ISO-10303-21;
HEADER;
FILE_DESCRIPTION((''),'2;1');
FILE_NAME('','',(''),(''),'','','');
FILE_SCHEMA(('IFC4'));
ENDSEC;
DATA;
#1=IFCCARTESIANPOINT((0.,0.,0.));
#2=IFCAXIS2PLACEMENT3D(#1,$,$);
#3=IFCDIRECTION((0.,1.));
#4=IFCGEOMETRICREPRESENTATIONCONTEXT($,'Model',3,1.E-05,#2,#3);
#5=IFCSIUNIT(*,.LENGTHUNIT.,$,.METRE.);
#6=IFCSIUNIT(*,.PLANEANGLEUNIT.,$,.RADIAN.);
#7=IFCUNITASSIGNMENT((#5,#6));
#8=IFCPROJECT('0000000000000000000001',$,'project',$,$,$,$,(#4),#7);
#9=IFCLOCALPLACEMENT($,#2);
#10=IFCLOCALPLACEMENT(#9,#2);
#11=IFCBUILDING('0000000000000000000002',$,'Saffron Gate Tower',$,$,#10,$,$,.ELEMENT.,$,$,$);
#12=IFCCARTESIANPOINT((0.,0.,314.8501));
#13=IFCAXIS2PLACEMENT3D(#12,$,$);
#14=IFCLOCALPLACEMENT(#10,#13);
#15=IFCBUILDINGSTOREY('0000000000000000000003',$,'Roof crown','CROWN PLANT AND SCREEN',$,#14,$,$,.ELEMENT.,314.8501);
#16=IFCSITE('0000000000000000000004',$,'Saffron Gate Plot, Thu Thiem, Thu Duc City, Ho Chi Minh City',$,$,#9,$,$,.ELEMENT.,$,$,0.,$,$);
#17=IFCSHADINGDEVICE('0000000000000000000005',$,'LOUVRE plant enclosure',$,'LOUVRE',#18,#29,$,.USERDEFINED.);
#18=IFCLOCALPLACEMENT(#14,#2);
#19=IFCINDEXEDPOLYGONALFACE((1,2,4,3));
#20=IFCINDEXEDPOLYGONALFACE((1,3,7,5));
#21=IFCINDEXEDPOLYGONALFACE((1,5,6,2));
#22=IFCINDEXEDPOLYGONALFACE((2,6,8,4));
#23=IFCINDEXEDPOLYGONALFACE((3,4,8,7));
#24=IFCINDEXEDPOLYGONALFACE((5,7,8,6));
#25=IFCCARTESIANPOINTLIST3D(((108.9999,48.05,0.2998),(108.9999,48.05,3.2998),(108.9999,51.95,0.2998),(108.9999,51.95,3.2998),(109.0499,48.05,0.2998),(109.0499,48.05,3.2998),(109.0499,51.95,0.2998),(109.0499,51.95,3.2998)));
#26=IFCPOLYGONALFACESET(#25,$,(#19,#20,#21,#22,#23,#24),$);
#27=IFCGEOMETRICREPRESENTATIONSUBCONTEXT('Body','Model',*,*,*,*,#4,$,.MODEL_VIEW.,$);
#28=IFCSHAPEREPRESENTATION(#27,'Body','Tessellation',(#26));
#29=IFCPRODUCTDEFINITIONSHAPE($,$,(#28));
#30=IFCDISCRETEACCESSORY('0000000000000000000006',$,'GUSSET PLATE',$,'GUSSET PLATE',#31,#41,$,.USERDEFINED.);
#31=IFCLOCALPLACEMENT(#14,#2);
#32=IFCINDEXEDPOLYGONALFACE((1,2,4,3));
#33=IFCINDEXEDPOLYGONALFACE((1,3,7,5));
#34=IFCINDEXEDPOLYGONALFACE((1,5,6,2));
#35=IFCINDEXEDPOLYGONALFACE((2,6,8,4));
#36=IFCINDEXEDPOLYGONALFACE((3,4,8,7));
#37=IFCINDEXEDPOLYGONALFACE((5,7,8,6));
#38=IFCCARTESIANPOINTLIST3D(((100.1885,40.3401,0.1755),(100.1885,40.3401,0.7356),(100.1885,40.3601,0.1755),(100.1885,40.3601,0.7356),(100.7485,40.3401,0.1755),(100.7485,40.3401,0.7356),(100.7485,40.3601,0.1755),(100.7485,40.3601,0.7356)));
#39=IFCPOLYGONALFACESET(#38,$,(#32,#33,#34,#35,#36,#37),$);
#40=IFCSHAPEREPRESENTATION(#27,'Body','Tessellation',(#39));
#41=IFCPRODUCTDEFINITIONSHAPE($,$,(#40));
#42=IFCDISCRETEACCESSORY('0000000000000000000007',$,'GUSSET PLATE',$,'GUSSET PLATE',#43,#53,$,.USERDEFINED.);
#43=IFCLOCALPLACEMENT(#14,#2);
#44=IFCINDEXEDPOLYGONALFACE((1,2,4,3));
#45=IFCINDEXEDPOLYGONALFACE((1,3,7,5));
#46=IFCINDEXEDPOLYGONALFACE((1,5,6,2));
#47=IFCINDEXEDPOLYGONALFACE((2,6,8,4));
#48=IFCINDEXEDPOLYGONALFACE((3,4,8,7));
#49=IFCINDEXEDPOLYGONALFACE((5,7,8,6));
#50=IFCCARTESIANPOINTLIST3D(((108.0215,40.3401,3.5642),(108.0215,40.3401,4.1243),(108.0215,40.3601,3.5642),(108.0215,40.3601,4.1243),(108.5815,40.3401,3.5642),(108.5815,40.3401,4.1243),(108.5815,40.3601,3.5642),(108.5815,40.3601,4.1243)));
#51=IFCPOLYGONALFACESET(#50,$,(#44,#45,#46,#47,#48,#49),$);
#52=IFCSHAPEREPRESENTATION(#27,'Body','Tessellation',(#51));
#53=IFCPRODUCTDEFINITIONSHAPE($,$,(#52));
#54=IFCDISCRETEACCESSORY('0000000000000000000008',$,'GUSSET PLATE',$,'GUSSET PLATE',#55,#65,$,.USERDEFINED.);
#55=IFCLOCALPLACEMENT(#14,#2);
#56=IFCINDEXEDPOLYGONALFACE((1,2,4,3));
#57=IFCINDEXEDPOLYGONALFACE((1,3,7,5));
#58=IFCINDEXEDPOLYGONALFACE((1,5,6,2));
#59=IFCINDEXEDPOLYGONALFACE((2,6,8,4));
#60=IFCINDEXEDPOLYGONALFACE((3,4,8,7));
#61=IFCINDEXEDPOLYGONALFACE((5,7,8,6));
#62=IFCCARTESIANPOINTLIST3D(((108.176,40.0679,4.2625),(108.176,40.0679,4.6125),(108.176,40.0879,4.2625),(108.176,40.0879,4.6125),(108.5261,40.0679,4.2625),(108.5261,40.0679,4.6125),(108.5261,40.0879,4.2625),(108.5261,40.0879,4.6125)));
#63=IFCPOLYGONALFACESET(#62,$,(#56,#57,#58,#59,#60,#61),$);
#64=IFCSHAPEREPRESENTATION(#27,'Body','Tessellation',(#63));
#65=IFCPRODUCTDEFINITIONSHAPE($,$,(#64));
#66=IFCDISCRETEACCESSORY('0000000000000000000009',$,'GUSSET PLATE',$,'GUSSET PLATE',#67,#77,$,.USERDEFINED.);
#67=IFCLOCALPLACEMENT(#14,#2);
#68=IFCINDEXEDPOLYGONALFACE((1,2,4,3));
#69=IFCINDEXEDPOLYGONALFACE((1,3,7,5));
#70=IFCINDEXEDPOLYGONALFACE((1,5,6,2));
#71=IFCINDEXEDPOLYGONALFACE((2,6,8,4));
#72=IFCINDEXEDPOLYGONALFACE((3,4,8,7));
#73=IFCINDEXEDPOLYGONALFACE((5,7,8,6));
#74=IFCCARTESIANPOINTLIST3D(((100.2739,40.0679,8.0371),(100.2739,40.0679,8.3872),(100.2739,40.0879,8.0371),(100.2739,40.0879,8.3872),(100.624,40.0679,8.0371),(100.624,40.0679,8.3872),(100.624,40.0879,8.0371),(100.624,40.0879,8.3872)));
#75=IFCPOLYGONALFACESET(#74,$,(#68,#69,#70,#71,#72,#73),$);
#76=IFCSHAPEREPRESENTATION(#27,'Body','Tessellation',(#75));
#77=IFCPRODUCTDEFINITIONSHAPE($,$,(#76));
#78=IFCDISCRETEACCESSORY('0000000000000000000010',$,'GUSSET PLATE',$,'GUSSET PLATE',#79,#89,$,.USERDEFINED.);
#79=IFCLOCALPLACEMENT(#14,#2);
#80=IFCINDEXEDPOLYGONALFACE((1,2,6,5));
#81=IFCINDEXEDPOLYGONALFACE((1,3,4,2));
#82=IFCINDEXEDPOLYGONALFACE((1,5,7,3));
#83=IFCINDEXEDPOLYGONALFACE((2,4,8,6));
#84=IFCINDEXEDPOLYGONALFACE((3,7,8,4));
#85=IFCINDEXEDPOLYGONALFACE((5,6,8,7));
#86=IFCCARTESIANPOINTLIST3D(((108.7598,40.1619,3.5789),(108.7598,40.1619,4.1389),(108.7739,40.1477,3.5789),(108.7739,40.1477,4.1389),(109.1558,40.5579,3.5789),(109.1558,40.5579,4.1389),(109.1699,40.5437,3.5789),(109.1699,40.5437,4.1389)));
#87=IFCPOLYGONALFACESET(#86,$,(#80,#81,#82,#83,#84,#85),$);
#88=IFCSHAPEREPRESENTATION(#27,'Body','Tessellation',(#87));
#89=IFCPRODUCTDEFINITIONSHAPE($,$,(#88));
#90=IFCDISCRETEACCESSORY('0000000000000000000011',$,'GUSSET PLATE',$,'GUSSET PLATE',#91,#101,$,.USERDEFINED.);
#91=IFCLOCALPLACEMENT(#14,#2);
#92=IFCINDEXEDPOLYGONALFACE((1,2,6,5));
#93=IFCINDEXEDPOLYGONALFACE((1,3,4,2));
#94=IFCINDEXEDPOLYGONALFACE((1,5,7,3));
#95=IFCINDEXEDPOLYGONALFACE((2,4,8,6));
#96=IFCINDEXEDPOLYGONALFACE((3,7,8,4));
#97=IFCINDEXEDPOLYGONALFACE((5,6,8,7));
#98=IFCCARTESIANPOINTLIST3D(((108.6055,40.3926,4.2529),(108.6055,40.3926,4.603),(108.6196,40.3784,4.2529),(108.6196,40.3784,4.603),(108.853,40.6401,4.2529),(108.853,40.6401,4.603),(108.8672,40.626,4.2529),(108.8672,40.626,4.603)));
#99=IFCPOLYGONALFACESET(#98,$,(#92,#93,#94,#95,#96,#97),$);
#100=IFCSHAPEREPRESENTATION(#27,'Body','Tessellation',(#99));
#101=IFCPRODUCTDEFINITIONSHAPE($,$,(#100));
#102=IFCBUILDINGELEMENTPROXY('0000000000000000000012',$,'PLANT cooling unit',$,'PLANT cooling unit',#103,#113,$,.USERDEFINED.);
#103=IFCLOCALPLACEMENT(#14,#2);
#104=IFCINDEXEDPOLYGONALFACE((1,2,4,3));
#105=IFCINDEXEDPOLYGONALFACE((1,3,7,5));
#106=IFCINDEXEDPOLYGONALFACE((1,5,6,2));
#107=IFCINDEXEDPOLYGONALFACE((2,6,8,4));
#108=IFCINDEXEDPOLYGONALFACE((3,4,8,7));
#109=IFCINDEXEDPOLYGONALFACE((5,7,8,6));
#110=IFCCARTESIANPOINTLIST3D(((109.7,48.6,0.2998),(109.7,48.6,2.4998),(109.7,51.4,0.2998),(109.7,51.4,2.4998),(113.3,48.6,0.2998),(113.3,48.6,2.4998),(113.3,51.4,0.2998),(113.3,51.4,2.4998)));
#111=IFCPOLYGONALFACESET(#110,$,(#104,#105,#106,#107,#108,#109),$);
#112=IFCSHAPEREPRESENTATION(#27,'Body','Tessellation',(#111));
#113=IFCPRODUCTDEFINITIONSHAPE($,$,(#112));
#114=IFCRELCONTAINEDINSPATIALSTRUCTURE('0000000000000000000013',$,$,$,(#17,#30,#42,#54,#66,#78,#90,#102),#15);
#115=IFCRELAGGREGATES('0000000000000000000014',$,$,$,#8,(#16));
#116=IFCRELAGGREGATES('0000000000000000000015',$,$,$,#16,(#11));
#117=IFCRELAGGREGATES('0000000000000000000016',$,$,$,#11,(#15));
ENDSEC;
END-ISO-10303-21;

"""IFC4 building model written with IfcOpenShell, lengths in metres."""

from ifc_helpers import new_model, si_unit, direction, frame, origin, origin_2d, place, context, subcontext, project, spatial, rectangle, extrude, element, save


model = new_model("IFC4")

# Units and contexts
model_context = context("Model", 3, precision=1e-05, world=origin(), true_north=direction((0.0, 1.0)))
body_context = subcontext(model_context, "Body", "Model", "MODEL_VIEW")
ifc_project = project(units=[si_unit("LENGTHUNIT", "METRE"), si_unit("PLANEANGLEUNIT", "RADIAN")], contexts=[model_context])

# Site, building, storey
site_placement = place(None, origin())
site = spatial("IfcSite", under=ifc_project, at=site_placement, Name="Saffron Gate Plot, Thu Thiem, Thu Duc City, Ho Chi Minh City", CompositionType="ELEMENT", RefElevation=0.0)
building_placement = place(site_placement, origin())
building = spatial("IfcBuilding", under=site, at=building_placement, Name="Saffron Gate Tower", CompositionType="ELEMENT")
storey_placement = place(building_placement, frame((0.0, 0.0, 314.8501)))
storey = spatial("IfcBuildingStorey", under=building, at=storey_placement, Name="Roof crown", Description="CROWN PLANT AND SCREEN", CompositionType="ELEMENT", Elevation=314.8501)

# Shading device
shading_device_placement = place(storey_placement, frame((109.0249, 50.0, 0.2998), z_axis=(0.0, 0.0, 1.0), x_axis=(1.0, 0.0, 0.0)))
element("IfcShadingDevice", 1, at=shading_device_placement, inside=storey, Name="LOUVRE plant enclosure", ObjectType="LOUVRE", PredefinedType="USERDEFINED", context=body_context, shape_type="SweptSolid", body=[
    extrude(rectangle(XDim=0.05, YDim=3.8999, at=origin_2d()), origin(), (0.0, 0.0, 1.0), 3.0),
])

# Discrete accessories
for number, where, z_axis, x_axis, name in (
    (2, (100.4685, 40.3501, 0.1755), (0.0, 0.0, 1.0), (1.0, 0.0, 0.0), "GUSSET PLATE"),
    (3, (108.3015, 40.3501, 3.5642), (0.0, 0.0, 1.0), (1.0, 0.0, 0.0), "GUSSET PLATE"),
):
    element("IfcDiscreteAccessory", number, at=place(storey_placement, frame(where, z_axis=z_axis, x_axis=x_axis)), inside=storey, Name=name, ObjectType="GUSSET PLATE", PredefinedType="USERDEFINED", context=body_context, shape_type="SweptSolid", body=[
        extrude(rectangle(XDim=0.5601, YDim=0.02, at=origin_2d()), origin(), (0.0, 0.0, 1.0), 0.5601),
    ])
for number, where, z_axis, x_axis, name in (
    (4, (108.3511, 40.0779, 4.2625), (0.0, 0.0, 1.0), (-1.0, 0.0, 0.0), "GUSSET PLATE"),
    (5, (100.449, 40.0779, 8.0371), (0.0, 0.0, 1.0), (-1.0, 0.0, 0.0), "GUSSET PLATE"),
):
    element("IfcDiscreteAccessory", number, at=place(storey_placement, frame(where, z_axis=z_axis, x_axis=x_axis)), inside=storey, Name=name, ObjectType="GUSSET PLATE", PredefinedType="USERDEFINED", context=body_context, shape_type="SweptSolid", body=[
        extrude(rectangle(XDim=0.3501, YDim=0.02, at=origin_2d()), origin(), (0.0, 0.0, 1.0), 0.3501),
    ])
discrete_accessory_1_placement = place(storey_placement, frame((108.9648, 40.3528, 3.5789), z_axis=(0.0, 0.0, 1.0), x_axis=(-0.707107, -0.707107, 0.0)))
element("IfcDiscreteAccessory", 6, at=discrete_accessory_1_placement, inside=storey, Name="GUSSET PLATE", ObjectType="GUSSET PLATE", PredefinedType="USERDEFINED", context=body_context, shape_type="SweptSolid", body=[
    extrude(rectangle(XDim=0.5601, YDim=0.02, at=origin_2d()), origin(), (0.0, 0.0, 1.0), 0.5601),
])
discrete_accessory_2_placement = place(storey_placement, frame((108.7363, 40.5093, 4.2529), z_axis=(0.0, 0.0, 1.0), x_axis=(0.707107, 0.707107, 0.0)))
element("IfcDiscreteAccessory", 7, at=discrete_accessory_2_placement, inside=storey, Name="GUSSET PLATE", ObjectType="GUSSET PLATE", PredefinedType="USERDEFINED", context=body_context, shape_type="SweptSolid", body=[
    extrude(rectangle(XDim=0.3501, YDim=0.02, at=origin_2d()), origin(), (0.0, 0.0, 1.0), 0.3501),
])

# Building element proxy
proxy_placement = place(storey_placement, frame((111.5, 50.0, 0.2998), z_axis=(0.0, 0.0, 1.0), x_axis=(1.0, 0.0, 0.0)))
element("IfcBuildingElementProxy", 8, at=proxy_placement, inside=storey, Name="PLANT cooling unit", ObjectType="PLANT cooling unit", PredefinedType="USERDEFINED", context=body_context, shape_type="SweptSolid", body=[
    extrude(rectangle(XDim=3.6001, YDim=2.8, at=origin_2d()), origin(), (0.0, 0.0, 1.0), 2.2),
])

save(model, "model.ifc")
